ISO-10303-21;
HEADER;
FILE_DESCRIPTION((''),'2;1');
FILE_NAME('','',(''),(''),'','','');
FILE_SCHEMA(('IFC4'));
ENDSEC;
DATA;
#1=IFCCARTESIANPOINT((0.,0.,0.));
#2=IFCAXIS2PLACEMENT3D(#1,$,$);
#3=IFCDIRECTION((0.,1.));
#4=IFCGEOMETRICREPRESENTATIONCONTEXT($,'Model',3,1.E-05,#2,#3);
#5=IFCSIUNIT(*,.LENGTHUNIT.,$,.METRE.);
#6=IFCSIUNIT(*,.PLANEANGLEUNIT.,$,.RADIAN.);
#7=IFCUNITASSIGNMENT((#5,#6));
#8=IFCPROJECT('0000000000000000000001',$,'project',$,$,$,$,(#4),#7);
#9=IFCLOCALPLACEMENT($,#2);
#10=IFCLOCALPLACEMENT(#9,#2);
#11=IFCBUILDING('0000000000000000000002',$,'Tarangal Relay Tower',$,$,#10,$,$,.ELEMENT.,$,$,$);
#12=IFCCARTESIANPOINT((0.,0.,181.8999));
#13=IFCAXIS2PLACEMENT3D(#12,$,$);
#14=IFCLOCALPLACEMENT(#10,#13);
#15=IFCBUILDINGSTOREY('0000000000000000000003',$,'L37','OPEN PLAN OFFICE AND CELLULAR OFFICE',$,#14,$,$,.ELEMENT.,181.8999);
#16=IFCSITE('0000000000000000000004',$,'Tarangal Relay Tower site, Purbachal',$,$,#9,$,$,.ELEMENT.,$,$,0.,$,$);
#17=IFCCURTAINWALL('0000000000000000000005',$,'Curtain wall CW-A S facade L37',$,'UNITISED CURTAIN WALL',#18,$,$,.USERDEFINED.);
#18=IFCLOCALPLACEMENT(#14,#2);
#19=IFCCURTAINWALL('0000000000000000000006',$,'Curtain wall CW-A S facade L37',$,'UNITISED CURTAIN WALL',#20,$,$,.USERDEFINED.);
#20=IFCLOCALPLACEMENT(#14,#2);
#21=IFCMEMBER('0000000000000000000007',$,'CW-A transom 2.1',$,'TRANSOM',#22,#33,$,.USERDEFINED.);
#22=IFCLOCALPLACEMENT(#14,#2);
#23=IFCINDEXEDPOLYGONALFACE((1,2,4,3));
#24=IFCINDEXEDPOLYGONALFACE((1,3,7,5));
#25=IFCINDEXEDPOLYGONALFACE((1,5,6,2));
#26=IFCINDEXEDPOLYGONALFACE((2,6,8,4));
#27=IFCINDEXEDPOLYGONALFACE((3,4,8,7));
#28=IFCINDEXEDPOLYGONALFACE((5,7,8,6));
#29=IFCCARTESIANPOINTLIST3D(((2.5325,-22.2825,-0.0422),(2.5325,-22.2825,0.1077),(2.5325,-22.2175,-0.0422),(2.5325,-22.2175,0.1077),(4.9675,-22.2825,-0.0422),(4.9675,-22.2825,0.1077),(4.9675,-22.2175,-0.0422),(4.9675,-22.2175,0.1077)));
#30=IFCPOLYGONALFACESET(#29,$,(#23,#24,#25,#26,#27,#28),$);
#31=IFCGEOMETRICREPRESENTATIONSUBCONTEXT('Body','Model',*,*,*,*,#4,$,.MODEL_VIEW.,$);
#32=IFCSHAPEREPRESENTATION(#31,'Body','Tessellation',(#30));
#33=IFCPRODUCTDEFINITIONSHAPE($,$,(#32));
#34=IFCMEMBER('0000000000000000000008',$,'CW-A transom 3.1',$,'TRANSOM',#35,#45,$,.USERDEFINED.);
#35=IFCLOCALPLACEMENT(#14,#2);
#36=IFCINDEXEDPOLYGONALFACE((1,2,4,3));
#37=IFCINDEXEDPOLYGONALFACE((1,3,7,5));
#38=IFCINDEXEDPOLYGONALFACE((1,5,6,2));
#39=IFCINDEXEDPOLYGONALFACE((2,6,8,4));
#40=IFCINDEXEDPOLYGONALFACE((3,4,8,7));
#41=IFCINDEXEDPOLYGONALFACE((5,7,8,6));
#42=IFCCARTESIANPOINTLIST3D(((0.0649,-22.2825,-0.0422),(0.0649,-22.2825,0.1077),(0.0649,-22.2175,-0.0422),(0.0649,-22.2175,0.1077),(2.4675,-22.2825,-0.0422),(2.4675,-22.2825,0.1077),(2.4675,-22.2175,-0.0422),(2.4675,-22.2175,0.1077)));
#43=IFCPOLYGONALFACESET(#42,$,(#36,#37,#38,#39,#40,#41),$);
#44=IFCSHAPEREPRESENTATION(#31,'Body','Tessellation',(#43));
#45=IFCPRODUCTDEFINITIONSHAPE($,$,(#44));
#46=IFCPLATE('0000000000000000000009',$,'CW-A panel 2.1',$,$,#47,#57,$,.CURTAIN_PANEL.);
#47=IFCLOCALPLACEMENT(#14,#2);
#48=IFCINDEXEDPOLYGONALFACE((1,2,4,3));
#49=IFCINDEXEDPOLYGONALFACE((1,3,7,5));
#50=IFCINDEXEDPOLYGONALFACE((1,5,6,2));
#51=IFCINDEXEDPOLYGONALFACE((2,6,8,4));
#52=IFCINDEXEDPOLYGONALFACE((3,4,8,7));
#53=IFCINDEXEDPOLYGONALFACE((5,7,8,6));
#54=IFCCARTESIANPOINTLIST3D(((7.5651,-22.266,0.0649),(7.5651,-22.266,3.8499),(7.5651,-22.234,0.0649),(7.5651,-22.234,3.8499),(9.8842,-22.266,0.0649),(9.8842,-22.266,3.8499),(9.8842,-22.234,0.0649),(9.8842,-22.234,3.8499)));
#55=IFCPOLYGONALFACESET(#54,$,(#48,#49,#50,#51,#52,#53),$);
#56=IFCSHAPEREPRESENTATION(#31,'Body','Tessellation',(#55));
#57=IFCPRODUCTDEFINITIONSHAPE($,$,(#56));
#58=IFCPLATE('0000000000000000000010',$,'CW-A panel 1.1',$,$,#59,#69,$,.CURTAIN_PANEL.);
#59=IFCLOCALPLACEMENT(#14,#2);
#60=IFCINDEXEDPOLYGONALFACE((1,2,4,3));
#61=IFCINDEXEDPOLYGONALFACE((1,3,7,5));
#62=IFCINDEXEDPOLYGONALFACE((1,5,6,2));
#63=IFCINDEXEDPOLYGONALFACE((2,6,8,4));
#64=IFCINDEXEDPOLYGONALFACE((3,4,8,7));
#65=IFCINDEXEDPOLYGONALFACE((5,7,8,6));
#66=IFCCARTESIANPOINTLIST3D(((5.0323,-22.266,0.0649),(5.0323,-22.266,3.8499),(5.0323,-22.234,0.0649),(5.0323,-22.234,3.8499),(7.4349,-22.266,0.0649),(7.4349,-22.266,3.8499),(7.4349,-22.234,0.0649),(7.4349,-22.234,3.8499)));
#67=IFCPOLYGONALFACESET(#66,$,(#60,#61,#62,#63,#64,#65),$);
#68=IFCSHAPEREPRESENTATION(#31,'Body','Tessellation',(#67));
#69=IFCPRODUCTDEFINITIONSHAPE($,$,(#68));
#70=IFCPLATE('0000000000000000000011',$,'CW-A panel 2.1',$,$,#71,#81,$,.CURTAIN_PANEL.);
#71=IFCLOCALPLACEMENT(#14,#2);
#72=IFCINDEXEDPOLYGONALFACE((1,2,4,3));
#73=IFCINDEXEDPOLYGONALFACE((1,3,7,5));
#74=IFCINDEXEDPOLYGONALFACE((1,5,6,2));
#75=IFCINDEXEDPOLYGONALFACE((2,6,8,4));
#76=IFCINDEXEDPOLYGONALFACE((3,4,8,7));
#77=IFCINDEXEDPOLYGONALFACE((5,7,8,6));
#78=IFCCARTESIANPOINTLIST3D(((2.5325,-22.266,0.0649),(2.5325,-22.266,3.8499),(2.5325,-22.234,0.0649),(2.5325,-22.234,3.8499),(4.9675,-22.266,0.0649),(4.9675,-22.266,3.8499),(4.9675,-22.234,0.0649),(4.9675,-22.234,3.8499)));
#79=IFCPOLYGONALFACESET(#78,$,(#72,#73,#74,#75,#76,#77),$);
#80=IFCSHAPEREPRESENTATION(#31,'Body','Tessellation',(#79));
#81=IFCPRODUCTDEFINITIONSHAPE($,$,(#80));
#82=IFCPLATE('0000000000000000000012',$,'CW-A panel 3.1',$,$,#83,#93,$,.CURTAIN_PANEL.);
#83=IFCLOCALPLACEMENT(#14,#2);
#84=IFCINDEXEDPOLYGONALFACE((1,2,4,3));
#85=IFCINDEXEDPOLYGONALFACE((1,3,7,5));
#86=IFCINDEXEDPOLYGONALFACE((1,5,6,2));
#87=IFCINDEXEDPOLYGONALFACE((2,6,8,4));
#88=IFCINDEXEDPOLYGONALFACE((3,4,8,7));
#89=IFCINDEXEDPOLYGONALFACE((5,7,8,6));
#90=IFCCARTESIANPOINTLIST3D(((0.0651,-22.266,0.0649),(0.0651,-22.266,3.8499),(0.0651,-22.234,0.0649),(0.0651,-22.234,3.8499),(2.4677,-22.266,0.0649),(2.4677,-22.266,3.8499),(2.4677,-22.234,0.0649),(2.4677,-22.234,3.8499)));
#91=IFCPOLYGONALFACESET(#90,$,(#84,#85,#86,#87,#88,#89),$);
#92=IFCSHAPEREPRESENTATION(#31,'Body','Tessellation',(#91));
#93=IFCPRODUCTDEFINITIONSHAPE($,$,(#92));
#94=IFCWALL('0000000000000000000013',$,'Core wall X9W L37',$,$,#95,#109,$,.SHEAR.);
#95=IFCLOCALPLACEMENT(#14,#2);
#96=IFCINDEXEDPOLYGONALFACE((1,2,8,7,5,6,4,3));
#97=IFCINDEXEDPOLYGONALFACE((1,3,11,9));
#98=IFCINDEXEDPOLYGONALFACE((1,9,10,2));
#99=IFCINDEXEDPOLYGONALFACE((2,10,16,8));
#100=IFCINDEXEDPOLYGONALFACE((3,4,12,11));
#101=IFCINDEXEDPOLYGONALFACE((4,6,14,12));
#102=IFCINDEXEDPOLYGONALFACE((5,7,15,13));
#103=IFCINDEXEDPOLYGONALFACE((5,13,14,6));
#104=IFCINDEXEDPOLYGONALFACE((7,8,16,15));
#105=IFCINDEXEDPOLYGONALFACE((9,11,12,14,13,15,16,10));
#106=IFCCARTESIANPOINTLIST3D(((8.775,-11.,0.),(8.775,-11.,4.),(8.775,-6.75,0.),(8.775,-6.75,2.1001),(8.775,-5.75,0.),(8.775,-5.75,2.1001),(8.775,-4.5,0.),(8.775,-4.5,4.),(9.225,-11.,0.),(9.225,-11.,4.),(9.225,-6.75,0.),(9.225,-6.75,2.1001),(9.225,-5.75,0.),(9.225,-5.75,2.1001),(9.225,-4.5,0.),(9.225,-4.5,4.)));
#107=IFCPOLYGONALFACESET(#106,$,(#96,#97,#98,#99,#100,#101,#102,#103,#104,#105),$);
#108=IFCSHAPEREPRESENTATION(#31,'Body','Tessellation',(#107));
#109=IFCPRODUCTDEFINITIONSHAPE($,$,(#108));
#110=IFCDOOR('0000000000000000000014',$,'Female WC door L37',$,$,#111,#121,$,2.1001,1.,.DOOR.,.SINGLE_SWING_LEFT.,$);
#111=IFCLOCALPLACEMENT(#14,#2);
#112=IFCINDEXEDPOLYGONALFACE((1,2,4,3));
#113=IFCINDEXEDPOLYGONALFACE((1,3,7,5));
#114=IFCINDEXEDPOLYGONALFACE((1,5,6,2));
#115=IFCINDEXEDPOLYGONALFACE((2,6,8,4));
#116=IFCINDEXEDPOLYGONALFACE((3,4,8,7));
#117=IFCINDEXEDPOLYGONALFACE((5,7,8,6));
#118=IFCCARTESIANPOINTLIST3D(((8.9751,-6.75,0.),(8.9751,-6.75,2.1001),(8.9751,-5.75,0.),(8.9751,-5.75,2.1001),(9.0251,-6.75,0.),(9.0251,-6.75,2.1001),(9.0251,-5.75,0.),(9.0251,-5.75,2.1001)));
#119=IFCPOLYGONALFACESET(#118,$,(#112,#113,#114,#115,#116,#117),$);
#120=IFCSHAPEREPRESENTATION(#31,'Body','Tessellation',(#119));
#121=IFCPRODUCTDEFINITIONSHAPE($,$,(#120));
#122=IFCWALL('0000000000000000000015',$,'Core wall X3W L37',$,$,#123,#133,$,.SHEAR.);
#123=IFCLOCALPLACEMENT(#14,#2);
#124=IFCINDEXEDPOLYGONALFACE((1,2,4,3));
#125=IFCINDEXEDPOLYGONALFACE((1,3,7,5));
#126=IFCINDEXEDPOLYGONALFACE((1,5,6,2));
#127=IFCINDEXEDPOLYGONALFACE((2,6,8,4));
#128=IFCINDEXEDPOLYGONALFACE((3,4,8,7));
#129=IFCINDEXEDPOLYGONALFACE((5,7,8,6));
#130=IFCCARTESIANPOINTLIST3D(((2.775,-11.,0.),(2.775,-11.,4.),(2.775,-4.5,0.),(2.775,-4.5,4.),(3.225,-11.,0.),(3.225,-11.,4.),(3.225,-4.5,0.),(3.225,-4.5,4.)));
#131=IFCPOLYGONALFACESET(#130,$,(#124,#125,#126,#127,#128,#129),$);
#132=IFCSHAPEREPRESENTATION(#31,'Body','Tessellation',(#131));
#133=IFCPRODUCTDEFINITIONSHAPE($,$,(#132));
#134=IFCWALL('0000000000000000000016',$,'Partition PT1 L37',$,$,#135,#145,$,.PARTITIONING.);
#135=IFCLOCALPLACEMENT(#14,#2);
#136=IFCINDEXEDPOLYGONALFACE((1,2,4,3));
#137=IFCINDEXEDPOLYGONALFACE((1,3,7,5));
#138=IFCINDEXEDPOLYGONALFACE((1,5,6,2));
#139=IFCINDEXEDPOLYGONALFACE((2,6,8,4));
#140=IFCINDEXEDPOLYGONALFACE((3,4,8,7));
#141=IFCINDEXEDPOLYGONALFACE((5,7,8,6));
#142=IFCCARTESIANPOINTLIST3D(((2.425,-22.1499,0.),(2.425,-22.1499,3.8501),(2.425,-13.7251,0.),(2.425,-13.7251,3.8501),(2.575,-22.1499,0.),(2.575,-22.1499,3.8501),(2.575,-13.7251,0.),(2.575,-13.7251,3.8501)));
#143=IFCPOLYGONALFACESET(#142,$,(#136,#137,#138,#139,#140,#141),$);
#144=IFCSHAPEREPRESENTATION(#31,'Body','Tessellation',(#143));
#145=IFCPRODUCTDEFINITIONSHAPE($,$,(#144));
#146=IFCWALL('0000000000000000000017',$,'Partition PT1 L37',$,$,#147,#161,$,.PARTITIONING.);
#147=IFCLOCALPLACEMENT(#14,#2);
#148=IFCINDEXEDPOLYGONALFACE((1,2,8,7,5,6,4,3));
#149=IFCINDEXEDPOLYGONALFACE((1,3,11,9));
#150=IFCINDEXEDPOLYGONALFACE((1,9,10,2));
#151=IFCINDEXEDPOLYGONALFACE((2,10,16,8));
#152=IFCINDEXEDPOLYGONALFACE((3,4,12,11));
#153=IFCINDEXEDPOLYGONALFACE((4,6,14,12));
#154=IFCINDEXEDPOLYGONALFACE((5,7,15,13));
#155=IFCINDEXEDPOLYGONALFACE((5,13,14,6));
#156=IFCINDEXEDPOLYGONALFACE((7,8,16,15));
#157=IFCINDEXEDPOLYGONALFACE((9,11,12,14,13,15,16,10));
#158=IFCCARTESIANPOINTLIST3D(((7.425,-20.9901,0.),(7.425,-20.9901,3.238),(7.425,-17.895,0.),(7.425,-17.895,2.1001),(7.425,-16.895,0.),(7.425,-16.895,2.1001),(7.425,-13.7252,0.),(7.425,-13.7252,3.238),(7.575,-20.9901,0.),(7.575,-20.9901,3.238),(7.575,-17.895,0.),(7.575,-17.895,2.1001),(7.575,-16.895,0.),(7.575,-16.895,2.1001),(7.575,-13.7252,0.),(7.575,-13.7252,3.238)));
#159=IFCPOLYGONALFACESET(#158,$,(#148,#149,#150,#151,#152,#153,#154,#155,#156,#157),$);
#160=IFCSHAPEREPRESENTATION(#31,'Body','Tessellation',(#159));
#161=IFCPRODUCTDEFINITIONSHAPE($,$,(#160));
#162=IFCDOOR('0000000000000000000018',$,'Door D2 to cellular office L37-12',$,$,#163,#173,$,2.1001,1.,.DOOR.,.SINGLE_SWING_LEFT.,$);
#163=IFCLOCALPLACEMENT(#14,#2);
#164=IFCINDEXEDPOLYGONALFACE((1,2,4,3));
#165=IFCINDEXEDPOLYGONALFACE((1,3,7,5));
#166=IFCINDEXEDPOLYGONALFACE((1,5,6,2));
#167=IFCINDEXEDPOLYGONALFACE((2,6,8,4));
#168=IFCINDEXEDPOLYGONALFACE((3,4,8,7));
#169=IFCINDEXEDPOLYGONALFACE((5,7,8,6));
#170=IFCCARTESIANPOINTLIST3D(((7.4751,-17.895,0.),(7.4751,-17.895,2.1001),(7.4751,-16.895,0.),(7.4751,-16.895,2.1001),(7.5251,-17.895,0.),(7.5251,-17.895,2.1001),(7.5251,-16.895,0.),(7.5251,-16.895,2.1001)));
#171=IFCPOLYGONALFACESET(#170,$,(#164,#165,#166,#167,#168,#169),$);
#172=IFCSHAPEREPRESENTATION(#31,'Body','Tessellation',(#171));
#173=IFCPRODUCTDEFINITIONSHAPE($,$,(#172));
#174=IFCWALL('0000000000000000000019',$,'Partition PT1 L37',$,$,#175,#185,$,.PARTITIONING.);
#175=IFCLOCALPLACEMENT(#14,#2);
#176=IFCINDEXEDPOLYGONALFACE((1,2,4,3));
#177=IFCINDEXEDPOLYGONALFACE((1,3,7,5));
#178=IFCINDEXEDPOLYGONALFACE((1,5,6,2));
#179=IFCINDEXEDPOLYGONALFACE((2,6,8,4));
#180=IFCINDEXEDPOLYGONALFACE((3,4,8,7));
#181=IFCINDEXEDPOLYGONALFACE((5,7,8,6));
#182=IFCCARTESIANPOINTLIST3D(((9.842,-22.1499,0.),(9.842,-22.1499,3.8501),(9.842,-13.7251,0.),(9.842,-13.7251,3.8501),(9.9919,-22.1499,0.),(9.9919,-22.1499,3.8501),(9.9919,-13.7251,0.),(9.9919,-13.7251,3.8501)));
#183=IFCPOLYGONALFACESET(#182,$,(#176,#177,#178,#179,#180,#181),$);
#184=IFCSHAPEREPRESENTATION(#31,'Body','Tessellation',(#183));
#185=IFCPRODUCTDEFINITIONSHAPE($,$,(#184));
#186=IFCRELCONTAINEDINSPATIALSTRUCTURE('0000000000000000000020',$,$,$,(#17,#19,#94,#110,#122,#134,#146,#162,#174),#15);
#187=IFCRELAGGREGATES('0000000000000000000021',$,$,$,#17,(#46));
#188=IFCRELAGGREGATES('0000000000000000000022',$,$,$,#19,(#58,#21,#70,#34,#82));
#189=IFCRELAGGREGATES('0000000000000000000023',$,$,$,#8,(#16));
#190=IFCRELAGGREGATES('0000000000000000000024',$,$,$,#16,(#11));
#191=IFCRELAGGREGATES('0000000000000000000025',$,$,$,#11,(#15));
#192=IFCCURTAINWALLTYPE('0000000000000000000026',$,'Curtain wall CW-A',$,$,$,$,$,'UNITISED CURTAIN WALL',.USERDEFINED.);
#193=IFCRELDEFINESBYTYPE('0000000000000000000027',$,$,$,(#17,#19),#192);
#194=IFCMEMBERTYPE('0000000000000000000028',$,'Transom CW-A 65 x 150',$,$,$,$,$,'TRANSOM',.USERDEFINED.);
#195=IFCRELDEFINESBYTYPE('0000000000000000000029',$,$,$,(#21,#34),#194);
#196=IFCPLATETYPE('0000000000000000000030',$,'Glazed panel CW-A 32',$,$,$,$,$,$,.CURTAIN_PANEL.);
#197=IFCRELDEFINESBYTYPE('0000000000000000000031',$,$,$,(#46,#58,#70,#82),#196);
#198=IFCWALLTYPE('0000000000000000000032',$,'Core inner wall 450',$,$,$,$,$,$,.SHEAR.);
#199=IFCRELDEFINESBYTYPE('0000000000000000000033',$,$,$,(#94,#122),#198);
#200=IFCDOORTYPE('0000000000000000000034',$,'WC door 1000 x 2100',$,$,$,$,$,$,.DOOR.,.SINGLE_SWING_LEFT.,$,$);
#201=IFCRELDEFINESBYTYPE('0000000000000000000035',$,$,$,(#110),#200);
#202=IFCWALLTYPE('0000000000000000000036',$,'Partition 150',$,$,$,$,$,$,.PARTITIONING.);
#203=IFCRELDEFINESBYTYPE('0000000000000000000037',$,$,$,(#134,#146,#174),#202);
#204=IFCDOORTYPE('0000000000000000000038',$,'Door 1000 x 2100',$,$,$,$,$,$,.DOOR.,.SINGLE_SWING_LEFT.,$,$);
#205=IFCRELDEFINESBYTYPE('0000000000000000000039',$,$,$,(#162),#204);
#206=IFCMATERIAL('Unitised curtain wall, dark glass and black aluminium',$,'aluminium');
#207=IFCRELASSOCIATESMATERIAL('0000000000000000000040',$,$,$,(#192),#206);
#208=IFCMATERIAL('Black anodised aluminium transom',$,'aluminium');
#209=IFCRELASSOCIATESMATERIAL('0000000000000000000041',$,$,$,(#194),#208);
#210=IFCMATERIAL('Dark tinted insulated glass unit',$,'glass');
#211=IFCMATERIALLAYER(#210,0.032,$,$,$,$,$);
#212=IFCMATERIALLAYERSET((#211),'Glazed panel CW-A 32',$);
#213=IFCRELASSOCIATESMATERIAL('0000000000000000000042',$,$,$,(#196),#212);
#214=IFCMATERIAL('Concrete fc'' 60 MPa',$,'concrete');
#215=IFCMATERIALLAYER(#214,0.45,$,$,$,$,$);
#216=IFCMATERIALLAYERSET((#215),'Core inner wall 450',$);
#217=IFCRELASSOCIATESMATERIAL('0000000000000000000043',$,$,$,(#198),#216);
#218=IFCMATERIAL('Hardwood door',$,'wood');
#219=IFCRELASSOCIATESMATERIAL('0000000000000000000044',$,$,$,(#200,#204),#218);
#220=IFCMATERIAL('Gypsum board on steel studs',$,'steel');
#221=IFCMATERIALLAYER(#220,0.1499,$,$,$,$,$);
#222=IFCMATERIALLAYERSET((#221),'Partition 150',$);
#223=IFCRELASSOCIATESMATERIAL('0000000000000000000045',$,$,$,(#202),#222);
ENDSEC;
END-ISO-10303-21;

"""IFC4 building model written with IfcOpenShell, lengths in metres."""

from ifc_helpers import new_model, si_unit, direction, frame, frame_2d, origin, origin_2d, place, context, subcontext, project, spatial, rectangle, extrude, material, layer, layer_set, material_profile, profile_set, type_object, element, fill, aggregate, save


model = new_model("IFC4")

# Units and contexts
model_context = context("Model", 3, precision=1e-05, world=origin(), true_north=direction((0.0, 1.0)))
body_context = subcontext(model_context, "Body", "Model", "MODEL_VIEW")
ifc_project = project(units=[si_unit("LENGTHUNIT", "METRE"), si_unit("PLANEANGLEUNIT", "RADIAN")], contexts=[model_context])

# Site, building, storey
site_placement = place(None, origin())
site = spatial("IfcSite", under=ifc_project, at=site_placement, Name="Tarangal Relay Tower site, Purbachal", CompositionType="ELEMENT", RefElevation=0.0)
building_placement = place(site_placement, origin())
building = spatial("IfcBuilding", under=site, at=building_placement, Name="Tarangal Relay Tower", CompositionType="ELEMENT")
storey_placement = place(building_placement, frame((0.0, 0.0, 181.8999)))
storey = spatial("IfcBuildingStorey", under=building, at=storey_placement, Name="L37", Description="OPEN PLAN OFFICE AND CELLULAR OFFICE", CompositionType="ELEMENT", Elevation=181.8999)

# Curtain walls
ifc_material_1 = material(Name="Unitised curtain wall, dark glass and black aluminium", Category="aluminium")
curtain_wall_type = type_object("IfcCurtainWallType", Name="Curtain wall CW-A", ElementType="UNITISED CURTAIN WALL", PredefinedType="USERDEFINED", material=ifc_material_1)
curtain_wall_1_placement = place(storey_placement, origin())
curtain_wall_1 = element("IfcCurtainWall", 1, at=curtain_wall_1_placement, inside=storey, type_object=curtain_wall_type, Name="Curtain wall CW-A S facade L37", ObjectType="UNITISED CURTAIN WALL", PredefinedType="USERDEFINED")
curtain_wall_2_placement = place(storey_placement, origin())
curtain_wall_2 = element("IfcCurtainWall", 2, at=curtain_wall_2_placement, inside=storey, type_object=curtain_wall_type, Name="Curtain wall CW-A S facade L37", ObjectType="UNITISED CURTAIN WALL", PredefinedType="USERDEFINED")

# Members
ifc_material_2 = material(Name="Black anodised aluminium transom", Category="aluminium")
ifc_material_profile_1 = material_profile(ifc_material_2, rectangle(XDim=0.0649, YDim=0.1499, at=origin_2d()), Name="CW-AT 65X150")
ifc_profile_set_1 = profile_set([ifc_material_profile_1], Name="Black anodised aluminium transom")
member_type_1 = type_object("IfcMemberType", Name="Transom CW-A 65 x 150", ElementType="TRANSOM", PredefinedType="USERDEFINED", material=ifc_profile_set_1)
member_1_placement = place(storey_placement, frame((4.9675, -22.25, 0.0327), z_axis=(-1.0, 0.0, 0.0), x_axis=(0.0, -1.0, 0.0)))
member_1 = element("IfcMember", 3, at=member_1_placement, type_object=member_type_1, Name="CW-A transom 2.1", ObjectType="TRANSOM", PredefinedType="USERDEFINED", context=body_context, shape_type="SweptSolid", body=[
    extrude(rectangle(XDim=0.0649, YDim=0.1499, at=origin_2d()), origin(), (0.0, 0.0, 1.0), 2.4351),
])
member_2_placement = place(storey_placement, frame((2.4675, -22.25, 0.0327), z_axis=(-1.0, 0.0, 0.0), x_axis=(0.0, -1.0, 0.0)))
member_2 = element("IfcMember", 4, at=member_2_placement, type_object=member_type_1, Name="CW-A transom 3.1", ObjectType="TRANSOM", PredefinedType="USERDEFINED", context=body_context, shape_type="SweptSolid", body=[
    extrude(rectangle(XDim=0.0649, YDim=0.1499, at=origin_2d()), origin(), (0.0, 0.0, 1.0), 2.4026),
])

# Plates
ifc_material_3 = material(Name="Dark tinted insulated glass unit", Category="glass")
ifc_layer_1 = layer(ifc_material_3, 0.032)
ifc_layer_set_1 = layer_set([ifc_layer_1], Name="Glazed panel CW-A 32")
plate_type = type_object("IfcPlateType", Name="Glazed panel CW-A 32", PredefinedType="CURTAIN_PANEL", material=ifc_layer_set_1)
plate_1_placement = place(storey_placement, frame((8.7246, -22.25, 0.0649), z_axis=(0.0, 0.0, 1.0), x_axis=(-1.0, 0.0, 0.0)))
plate_1 = element("IfcPlate", 5, at=plate_1_placement, type_object=plate_type, Name="CW-A panel 2.1", PredefinedType="CURTAIN_PANEL", context=body_context, shape_type="SweptSolid", body=[
    extrude(rectangle(XDim=2.3191, YDim=0.032, at=origin_2d()), origin(), (0.0, 0.0, 1.0), 3.7849),
])
aggregate(curtain_wall_1, [plate_1])
plate_2_placement = place(storey_placement, frame((6.2336, -22.25, 0.0649), z_axis=(0.0, 0.0, 1.0), x_axis=(-1.0, 0.0, 0.0)))
plate_2 = element("IfcPlate", 6, at=plate_2_placement, type_object=plate_type, Name="CW-A panel 1.1", PredefinedType="CURTAIN_PANEL", context=body_context, shape_type="SweptSolid", body=[
    extrude(rectangle(XDim=2.4026, YDim=0.032, at=origin_2d()), origin(), (0.0, 0.0, 1.0), 3.7849),
])
plate_3_placement = place(storey_placement, frame((3.75, -22.25, 0.0649), z_axis=(0.0, 0.0, 1.0), x_axis=(-1.0, 0.0, 0.0)))
plate_3 = element("IfcPlate", 7, at=plate_3_placement, type_object=plate_type, Name="CW-A panel 2.1", PredefinedType="CURTAIN_PANEL", context=body_context, shape_type="SweptSolid", body=[
    extrude(rectangle(XDim=2.4351, YDim=0.032, at=origin_2d()), origin(), (0.0, 0.0, 1.0), 3.7849),
])
plate_4_placement = place(storey_placement, frame((1.2664, -22.25, 0.0649), z_axis=(0.0, 0.0, 1.0), x_axis=(-1.0, 0.0, 0.0)))
plate_4 = element("IfcPlate", 8, at=plate_4_placement, type_object=plate_type, Name="CW-A panel 3.1", PredefinedType="CURTAIN_PANEL", context=body_context, shape_type="SweptSolid", body=[
    extrude(rectangle(XDim=2.4026, YDim=0.032, at=origin_2d()), origin(), (0.0, 0.0, 1.0), 3.7849),
])
aggregate(curtain_wall_2, [plate_2, member_1, plate_3, member_2, plate_4])

# Wall, opening, door
ifc_material_4 = material(Name="Concrete fc' 60 MPa", Category="concrete")
ifc_layer_2 = layer(ifc_material_4, 0.45)
ifc_layer_set_2 = layer_set([ifc_layer_2], Name="Core inner wall 450")
wall_type_1 = type_object("IfcWallType", Name="Core inner wall 450", PredefinedType="SHEAR", material=ifc_layer_set_2)
wall_1_placement = place(storey_placement, frame((9.0, -11.0, 0.0), z_axis=(0.0, 0.0, 1.0), x_axis=(0.0, 1.0, 0.0)))
wall_1 = element("IfcWall", 9, at=wall_1_placement, inside=storey, type_object=wall_type_1, Name="Core wall X9W L37", PredefinedType="SHEAR", context=body_context, shape_type="SweptSolid", body=[
    extrude(rectangle(XDim=6.5, YDim=0.45, at=frame_2d((3.25, 0.0))), origin(), (0.0, 0.0, 1.0), 4.0),
])
opening_1_placement = place(wall_1_placement, frame((4.25, 0.0, 0.0)))
opening_1 = element("IfcOpeningElement", 10, at=opening_1_placement, cuts=wall_1, PredefinedType="OPENING", context=body_context, shape_type="SweptSolid", body=[
    extrude(rectangle(XDim=1.0, YDim=2.1001, at=frame_2d((0.5, 1.05))), frame((0.0, 0.2349, 0.0), z_axis=(0.0, -1.0, 0.0), x_axis=(1.0, 0.0, 0.0)), (0.0, 0.0, 1.0), 0.47),
])
ifc_material_5 = material(Name="Hardwood door", Category="wood")
door_type_1 = type_object("IfcDoorType", Name="WC door 1000 x 2100", OperationType="SINGLE_SWING_LEFT", PredefinedType="DOOR", material=ifc_material_5)
door_1_placement = place(opening_1_placement, origin())
door_1 = element("IfcDoor", 11, at=door_1_placement, inside=storey, type_object=door_type_1, Name="Female WC door L37", OperationType="SINGLE_SWING_LEFT", OverallHeight=2.1001, OverallWidth=1.0, PredefinedType="DOOR", context=body_context, shape_type="SweptSolid", body=[
    extrude(rectangle(XDim=1.0, YDim=2.1001, at=frame_2d((0.5, 1.05))), frame((0.0, 0.0249, 0.0), z_axis=(0.0, -1.0, 0.0), x_axis=(1.0, 0.0, 0.0)), (0.0, 0.0, 1.0), 0.05),
])
fill(opening_1, door_1)

# Walls
wall_2_placement = place(storey_placement, frame((3.0, -11.0, 0.0), z_axis=(0.0, 0.0, 1.0), x_axis=(0.0, 1.0, 0.0)))
element("IfcWall", 12, at=wall_2_placement, inside=storey, type_object=wall_type_1, Name="Core wall X3W L37", PredefinedType="SHEAR", context=body_context, shape_type="SweptSolid", body=[
    extrude(rectangle(XDim=6.5, YDim=0.45, at=frame_2d((3.25, 0.0))), origin(), (0.0, 0.0, 1.0), 4.0),
])
ifc_material_6 = material(Name="Gypsum board on steel studs", Category="steel")
ifc_layer_3 = layer(ifc_material_6, 0.1499)
ifc_layer_set_3 = layer_set([ifc_layer_3], Name="Partition 150")
wall_type_2 = type_object("IfcWallType", Name="Partition 150", PredefinedType="PARTITIONING", material=ifc_layer_set_3)
wall_3_placement = place(storey_placement, frame((2.5, -22.1499, 0.0), z_axis=(0.0, 0.0, 1.0), x_axis=(0.0, 1.0, 0.0)))
element("IfcWall", 13, at=wall_3_placement, inside=storey, type_object=wall_type_2, Name="Partition PT1 L37", PredefinedType="PARTITIONING", context=body_context, shape_type="SweptSolid", body=[
    extrude(rectangle(XDim=8.4248, YDim=0.1499, at=frame_2d((4.2124, 0.0))), origin(), (0.0, 0.0, 1.0), 3.8501),
])

# Wall, opening, door
wall_4_placement = place(storey_placement, frame((7.5, -20.99, 0.0), z_axis=(0.0, 0.0, 1.0), x_axis=(0.0, 1.0, 0.0)))
wall_4 = element("IfcWall", 14, at=wall_4_placement, inside=storey, type_object=wall_type_2, Name="Partition PT1 L37", PredefinedType="PARTITIONING", context=body_context, shape_type="SweptSolid", body=[
    extrude(rectangle(XDim=7.2649, YDim=0.1499, at=frame_2d((3.6323, 0.0))), origin(), (0.0, 0.0, 1.0), 3.238),
])
opening_2_placement = place(wall_4_placement, frame((3.095, 0.0, 0.0)))
opening_2 = element("IfcOpeningElement", 15, at=opening_2_placement, cuts=wall_4, PredefinedType="OPENING", context=body_context, shape_type="SweptSolid", body=[
    extrude(rectangle(XDim=1.0, YDim=2.1001, at=frame_2d((0.5, 1.05))), frame((0.0, 0.085, 0.0), z_axis=(0.0, -1.0, 0.0), x_axis=(1.0, 0.0, 0.0)), (0.0, 0.0, 1.0), 0.1699),
])
door_type_2 = type_object("IfcDoorType", Name="Door 1000 x 2100", OperationType="SINGLE_SWING_LEFT", PredefinedType="DOOR", material=ifc_material_5)
door_2_placement = place(opening_2_placement, origin())
door_2 = element("IfcDoor", 16, at=door_2_placement, inside=storey, type_object=door_type_2, Name="Door D2 to cellular office L37-12", OperationType="SINGLE_SWING_LEFT", OverallHeight=2.1001, OverallWidth=1.0, PredefinedType="DOOR", context=body_context, shape_type="SweptSolid", body=[
    extrude(rectangle(XDim=1.0, YDim=2.1001, at=frame_2d((0.5, 1.05))), frame((0.0, 0.0249, 0.0), z_axis=(0.0, -1.0, 0.0), x_axis=(1.0, 0.0, 0.0)), (0.0, 0.0, 1.0), 0.05),
])
fill(opening_2, door_2)

# Wall
wall_5_placement = place(storey_placement, frame((9.917, -22.1499, 0.0), z_axis=(0.0, 0.0, 1.0), x_axis=(0.0, 1.0, 0.0)))
element("IfcWall", 17, at=wall_5_placement, inside=storey, type_object=wall_type_2, Name="Partition PT1 L37", PredefinedType="PARTITIONING", context=body_context, shape_type="SweptSolid", body=[
    extrude(rectangle(XDim=8.4248, YDim=0.1499, at=frame_2d((4.2124, 0.0))), origin(), (0.0, 0.0, 1.0), 3.8501),
])

save(model, "model.ifc")
